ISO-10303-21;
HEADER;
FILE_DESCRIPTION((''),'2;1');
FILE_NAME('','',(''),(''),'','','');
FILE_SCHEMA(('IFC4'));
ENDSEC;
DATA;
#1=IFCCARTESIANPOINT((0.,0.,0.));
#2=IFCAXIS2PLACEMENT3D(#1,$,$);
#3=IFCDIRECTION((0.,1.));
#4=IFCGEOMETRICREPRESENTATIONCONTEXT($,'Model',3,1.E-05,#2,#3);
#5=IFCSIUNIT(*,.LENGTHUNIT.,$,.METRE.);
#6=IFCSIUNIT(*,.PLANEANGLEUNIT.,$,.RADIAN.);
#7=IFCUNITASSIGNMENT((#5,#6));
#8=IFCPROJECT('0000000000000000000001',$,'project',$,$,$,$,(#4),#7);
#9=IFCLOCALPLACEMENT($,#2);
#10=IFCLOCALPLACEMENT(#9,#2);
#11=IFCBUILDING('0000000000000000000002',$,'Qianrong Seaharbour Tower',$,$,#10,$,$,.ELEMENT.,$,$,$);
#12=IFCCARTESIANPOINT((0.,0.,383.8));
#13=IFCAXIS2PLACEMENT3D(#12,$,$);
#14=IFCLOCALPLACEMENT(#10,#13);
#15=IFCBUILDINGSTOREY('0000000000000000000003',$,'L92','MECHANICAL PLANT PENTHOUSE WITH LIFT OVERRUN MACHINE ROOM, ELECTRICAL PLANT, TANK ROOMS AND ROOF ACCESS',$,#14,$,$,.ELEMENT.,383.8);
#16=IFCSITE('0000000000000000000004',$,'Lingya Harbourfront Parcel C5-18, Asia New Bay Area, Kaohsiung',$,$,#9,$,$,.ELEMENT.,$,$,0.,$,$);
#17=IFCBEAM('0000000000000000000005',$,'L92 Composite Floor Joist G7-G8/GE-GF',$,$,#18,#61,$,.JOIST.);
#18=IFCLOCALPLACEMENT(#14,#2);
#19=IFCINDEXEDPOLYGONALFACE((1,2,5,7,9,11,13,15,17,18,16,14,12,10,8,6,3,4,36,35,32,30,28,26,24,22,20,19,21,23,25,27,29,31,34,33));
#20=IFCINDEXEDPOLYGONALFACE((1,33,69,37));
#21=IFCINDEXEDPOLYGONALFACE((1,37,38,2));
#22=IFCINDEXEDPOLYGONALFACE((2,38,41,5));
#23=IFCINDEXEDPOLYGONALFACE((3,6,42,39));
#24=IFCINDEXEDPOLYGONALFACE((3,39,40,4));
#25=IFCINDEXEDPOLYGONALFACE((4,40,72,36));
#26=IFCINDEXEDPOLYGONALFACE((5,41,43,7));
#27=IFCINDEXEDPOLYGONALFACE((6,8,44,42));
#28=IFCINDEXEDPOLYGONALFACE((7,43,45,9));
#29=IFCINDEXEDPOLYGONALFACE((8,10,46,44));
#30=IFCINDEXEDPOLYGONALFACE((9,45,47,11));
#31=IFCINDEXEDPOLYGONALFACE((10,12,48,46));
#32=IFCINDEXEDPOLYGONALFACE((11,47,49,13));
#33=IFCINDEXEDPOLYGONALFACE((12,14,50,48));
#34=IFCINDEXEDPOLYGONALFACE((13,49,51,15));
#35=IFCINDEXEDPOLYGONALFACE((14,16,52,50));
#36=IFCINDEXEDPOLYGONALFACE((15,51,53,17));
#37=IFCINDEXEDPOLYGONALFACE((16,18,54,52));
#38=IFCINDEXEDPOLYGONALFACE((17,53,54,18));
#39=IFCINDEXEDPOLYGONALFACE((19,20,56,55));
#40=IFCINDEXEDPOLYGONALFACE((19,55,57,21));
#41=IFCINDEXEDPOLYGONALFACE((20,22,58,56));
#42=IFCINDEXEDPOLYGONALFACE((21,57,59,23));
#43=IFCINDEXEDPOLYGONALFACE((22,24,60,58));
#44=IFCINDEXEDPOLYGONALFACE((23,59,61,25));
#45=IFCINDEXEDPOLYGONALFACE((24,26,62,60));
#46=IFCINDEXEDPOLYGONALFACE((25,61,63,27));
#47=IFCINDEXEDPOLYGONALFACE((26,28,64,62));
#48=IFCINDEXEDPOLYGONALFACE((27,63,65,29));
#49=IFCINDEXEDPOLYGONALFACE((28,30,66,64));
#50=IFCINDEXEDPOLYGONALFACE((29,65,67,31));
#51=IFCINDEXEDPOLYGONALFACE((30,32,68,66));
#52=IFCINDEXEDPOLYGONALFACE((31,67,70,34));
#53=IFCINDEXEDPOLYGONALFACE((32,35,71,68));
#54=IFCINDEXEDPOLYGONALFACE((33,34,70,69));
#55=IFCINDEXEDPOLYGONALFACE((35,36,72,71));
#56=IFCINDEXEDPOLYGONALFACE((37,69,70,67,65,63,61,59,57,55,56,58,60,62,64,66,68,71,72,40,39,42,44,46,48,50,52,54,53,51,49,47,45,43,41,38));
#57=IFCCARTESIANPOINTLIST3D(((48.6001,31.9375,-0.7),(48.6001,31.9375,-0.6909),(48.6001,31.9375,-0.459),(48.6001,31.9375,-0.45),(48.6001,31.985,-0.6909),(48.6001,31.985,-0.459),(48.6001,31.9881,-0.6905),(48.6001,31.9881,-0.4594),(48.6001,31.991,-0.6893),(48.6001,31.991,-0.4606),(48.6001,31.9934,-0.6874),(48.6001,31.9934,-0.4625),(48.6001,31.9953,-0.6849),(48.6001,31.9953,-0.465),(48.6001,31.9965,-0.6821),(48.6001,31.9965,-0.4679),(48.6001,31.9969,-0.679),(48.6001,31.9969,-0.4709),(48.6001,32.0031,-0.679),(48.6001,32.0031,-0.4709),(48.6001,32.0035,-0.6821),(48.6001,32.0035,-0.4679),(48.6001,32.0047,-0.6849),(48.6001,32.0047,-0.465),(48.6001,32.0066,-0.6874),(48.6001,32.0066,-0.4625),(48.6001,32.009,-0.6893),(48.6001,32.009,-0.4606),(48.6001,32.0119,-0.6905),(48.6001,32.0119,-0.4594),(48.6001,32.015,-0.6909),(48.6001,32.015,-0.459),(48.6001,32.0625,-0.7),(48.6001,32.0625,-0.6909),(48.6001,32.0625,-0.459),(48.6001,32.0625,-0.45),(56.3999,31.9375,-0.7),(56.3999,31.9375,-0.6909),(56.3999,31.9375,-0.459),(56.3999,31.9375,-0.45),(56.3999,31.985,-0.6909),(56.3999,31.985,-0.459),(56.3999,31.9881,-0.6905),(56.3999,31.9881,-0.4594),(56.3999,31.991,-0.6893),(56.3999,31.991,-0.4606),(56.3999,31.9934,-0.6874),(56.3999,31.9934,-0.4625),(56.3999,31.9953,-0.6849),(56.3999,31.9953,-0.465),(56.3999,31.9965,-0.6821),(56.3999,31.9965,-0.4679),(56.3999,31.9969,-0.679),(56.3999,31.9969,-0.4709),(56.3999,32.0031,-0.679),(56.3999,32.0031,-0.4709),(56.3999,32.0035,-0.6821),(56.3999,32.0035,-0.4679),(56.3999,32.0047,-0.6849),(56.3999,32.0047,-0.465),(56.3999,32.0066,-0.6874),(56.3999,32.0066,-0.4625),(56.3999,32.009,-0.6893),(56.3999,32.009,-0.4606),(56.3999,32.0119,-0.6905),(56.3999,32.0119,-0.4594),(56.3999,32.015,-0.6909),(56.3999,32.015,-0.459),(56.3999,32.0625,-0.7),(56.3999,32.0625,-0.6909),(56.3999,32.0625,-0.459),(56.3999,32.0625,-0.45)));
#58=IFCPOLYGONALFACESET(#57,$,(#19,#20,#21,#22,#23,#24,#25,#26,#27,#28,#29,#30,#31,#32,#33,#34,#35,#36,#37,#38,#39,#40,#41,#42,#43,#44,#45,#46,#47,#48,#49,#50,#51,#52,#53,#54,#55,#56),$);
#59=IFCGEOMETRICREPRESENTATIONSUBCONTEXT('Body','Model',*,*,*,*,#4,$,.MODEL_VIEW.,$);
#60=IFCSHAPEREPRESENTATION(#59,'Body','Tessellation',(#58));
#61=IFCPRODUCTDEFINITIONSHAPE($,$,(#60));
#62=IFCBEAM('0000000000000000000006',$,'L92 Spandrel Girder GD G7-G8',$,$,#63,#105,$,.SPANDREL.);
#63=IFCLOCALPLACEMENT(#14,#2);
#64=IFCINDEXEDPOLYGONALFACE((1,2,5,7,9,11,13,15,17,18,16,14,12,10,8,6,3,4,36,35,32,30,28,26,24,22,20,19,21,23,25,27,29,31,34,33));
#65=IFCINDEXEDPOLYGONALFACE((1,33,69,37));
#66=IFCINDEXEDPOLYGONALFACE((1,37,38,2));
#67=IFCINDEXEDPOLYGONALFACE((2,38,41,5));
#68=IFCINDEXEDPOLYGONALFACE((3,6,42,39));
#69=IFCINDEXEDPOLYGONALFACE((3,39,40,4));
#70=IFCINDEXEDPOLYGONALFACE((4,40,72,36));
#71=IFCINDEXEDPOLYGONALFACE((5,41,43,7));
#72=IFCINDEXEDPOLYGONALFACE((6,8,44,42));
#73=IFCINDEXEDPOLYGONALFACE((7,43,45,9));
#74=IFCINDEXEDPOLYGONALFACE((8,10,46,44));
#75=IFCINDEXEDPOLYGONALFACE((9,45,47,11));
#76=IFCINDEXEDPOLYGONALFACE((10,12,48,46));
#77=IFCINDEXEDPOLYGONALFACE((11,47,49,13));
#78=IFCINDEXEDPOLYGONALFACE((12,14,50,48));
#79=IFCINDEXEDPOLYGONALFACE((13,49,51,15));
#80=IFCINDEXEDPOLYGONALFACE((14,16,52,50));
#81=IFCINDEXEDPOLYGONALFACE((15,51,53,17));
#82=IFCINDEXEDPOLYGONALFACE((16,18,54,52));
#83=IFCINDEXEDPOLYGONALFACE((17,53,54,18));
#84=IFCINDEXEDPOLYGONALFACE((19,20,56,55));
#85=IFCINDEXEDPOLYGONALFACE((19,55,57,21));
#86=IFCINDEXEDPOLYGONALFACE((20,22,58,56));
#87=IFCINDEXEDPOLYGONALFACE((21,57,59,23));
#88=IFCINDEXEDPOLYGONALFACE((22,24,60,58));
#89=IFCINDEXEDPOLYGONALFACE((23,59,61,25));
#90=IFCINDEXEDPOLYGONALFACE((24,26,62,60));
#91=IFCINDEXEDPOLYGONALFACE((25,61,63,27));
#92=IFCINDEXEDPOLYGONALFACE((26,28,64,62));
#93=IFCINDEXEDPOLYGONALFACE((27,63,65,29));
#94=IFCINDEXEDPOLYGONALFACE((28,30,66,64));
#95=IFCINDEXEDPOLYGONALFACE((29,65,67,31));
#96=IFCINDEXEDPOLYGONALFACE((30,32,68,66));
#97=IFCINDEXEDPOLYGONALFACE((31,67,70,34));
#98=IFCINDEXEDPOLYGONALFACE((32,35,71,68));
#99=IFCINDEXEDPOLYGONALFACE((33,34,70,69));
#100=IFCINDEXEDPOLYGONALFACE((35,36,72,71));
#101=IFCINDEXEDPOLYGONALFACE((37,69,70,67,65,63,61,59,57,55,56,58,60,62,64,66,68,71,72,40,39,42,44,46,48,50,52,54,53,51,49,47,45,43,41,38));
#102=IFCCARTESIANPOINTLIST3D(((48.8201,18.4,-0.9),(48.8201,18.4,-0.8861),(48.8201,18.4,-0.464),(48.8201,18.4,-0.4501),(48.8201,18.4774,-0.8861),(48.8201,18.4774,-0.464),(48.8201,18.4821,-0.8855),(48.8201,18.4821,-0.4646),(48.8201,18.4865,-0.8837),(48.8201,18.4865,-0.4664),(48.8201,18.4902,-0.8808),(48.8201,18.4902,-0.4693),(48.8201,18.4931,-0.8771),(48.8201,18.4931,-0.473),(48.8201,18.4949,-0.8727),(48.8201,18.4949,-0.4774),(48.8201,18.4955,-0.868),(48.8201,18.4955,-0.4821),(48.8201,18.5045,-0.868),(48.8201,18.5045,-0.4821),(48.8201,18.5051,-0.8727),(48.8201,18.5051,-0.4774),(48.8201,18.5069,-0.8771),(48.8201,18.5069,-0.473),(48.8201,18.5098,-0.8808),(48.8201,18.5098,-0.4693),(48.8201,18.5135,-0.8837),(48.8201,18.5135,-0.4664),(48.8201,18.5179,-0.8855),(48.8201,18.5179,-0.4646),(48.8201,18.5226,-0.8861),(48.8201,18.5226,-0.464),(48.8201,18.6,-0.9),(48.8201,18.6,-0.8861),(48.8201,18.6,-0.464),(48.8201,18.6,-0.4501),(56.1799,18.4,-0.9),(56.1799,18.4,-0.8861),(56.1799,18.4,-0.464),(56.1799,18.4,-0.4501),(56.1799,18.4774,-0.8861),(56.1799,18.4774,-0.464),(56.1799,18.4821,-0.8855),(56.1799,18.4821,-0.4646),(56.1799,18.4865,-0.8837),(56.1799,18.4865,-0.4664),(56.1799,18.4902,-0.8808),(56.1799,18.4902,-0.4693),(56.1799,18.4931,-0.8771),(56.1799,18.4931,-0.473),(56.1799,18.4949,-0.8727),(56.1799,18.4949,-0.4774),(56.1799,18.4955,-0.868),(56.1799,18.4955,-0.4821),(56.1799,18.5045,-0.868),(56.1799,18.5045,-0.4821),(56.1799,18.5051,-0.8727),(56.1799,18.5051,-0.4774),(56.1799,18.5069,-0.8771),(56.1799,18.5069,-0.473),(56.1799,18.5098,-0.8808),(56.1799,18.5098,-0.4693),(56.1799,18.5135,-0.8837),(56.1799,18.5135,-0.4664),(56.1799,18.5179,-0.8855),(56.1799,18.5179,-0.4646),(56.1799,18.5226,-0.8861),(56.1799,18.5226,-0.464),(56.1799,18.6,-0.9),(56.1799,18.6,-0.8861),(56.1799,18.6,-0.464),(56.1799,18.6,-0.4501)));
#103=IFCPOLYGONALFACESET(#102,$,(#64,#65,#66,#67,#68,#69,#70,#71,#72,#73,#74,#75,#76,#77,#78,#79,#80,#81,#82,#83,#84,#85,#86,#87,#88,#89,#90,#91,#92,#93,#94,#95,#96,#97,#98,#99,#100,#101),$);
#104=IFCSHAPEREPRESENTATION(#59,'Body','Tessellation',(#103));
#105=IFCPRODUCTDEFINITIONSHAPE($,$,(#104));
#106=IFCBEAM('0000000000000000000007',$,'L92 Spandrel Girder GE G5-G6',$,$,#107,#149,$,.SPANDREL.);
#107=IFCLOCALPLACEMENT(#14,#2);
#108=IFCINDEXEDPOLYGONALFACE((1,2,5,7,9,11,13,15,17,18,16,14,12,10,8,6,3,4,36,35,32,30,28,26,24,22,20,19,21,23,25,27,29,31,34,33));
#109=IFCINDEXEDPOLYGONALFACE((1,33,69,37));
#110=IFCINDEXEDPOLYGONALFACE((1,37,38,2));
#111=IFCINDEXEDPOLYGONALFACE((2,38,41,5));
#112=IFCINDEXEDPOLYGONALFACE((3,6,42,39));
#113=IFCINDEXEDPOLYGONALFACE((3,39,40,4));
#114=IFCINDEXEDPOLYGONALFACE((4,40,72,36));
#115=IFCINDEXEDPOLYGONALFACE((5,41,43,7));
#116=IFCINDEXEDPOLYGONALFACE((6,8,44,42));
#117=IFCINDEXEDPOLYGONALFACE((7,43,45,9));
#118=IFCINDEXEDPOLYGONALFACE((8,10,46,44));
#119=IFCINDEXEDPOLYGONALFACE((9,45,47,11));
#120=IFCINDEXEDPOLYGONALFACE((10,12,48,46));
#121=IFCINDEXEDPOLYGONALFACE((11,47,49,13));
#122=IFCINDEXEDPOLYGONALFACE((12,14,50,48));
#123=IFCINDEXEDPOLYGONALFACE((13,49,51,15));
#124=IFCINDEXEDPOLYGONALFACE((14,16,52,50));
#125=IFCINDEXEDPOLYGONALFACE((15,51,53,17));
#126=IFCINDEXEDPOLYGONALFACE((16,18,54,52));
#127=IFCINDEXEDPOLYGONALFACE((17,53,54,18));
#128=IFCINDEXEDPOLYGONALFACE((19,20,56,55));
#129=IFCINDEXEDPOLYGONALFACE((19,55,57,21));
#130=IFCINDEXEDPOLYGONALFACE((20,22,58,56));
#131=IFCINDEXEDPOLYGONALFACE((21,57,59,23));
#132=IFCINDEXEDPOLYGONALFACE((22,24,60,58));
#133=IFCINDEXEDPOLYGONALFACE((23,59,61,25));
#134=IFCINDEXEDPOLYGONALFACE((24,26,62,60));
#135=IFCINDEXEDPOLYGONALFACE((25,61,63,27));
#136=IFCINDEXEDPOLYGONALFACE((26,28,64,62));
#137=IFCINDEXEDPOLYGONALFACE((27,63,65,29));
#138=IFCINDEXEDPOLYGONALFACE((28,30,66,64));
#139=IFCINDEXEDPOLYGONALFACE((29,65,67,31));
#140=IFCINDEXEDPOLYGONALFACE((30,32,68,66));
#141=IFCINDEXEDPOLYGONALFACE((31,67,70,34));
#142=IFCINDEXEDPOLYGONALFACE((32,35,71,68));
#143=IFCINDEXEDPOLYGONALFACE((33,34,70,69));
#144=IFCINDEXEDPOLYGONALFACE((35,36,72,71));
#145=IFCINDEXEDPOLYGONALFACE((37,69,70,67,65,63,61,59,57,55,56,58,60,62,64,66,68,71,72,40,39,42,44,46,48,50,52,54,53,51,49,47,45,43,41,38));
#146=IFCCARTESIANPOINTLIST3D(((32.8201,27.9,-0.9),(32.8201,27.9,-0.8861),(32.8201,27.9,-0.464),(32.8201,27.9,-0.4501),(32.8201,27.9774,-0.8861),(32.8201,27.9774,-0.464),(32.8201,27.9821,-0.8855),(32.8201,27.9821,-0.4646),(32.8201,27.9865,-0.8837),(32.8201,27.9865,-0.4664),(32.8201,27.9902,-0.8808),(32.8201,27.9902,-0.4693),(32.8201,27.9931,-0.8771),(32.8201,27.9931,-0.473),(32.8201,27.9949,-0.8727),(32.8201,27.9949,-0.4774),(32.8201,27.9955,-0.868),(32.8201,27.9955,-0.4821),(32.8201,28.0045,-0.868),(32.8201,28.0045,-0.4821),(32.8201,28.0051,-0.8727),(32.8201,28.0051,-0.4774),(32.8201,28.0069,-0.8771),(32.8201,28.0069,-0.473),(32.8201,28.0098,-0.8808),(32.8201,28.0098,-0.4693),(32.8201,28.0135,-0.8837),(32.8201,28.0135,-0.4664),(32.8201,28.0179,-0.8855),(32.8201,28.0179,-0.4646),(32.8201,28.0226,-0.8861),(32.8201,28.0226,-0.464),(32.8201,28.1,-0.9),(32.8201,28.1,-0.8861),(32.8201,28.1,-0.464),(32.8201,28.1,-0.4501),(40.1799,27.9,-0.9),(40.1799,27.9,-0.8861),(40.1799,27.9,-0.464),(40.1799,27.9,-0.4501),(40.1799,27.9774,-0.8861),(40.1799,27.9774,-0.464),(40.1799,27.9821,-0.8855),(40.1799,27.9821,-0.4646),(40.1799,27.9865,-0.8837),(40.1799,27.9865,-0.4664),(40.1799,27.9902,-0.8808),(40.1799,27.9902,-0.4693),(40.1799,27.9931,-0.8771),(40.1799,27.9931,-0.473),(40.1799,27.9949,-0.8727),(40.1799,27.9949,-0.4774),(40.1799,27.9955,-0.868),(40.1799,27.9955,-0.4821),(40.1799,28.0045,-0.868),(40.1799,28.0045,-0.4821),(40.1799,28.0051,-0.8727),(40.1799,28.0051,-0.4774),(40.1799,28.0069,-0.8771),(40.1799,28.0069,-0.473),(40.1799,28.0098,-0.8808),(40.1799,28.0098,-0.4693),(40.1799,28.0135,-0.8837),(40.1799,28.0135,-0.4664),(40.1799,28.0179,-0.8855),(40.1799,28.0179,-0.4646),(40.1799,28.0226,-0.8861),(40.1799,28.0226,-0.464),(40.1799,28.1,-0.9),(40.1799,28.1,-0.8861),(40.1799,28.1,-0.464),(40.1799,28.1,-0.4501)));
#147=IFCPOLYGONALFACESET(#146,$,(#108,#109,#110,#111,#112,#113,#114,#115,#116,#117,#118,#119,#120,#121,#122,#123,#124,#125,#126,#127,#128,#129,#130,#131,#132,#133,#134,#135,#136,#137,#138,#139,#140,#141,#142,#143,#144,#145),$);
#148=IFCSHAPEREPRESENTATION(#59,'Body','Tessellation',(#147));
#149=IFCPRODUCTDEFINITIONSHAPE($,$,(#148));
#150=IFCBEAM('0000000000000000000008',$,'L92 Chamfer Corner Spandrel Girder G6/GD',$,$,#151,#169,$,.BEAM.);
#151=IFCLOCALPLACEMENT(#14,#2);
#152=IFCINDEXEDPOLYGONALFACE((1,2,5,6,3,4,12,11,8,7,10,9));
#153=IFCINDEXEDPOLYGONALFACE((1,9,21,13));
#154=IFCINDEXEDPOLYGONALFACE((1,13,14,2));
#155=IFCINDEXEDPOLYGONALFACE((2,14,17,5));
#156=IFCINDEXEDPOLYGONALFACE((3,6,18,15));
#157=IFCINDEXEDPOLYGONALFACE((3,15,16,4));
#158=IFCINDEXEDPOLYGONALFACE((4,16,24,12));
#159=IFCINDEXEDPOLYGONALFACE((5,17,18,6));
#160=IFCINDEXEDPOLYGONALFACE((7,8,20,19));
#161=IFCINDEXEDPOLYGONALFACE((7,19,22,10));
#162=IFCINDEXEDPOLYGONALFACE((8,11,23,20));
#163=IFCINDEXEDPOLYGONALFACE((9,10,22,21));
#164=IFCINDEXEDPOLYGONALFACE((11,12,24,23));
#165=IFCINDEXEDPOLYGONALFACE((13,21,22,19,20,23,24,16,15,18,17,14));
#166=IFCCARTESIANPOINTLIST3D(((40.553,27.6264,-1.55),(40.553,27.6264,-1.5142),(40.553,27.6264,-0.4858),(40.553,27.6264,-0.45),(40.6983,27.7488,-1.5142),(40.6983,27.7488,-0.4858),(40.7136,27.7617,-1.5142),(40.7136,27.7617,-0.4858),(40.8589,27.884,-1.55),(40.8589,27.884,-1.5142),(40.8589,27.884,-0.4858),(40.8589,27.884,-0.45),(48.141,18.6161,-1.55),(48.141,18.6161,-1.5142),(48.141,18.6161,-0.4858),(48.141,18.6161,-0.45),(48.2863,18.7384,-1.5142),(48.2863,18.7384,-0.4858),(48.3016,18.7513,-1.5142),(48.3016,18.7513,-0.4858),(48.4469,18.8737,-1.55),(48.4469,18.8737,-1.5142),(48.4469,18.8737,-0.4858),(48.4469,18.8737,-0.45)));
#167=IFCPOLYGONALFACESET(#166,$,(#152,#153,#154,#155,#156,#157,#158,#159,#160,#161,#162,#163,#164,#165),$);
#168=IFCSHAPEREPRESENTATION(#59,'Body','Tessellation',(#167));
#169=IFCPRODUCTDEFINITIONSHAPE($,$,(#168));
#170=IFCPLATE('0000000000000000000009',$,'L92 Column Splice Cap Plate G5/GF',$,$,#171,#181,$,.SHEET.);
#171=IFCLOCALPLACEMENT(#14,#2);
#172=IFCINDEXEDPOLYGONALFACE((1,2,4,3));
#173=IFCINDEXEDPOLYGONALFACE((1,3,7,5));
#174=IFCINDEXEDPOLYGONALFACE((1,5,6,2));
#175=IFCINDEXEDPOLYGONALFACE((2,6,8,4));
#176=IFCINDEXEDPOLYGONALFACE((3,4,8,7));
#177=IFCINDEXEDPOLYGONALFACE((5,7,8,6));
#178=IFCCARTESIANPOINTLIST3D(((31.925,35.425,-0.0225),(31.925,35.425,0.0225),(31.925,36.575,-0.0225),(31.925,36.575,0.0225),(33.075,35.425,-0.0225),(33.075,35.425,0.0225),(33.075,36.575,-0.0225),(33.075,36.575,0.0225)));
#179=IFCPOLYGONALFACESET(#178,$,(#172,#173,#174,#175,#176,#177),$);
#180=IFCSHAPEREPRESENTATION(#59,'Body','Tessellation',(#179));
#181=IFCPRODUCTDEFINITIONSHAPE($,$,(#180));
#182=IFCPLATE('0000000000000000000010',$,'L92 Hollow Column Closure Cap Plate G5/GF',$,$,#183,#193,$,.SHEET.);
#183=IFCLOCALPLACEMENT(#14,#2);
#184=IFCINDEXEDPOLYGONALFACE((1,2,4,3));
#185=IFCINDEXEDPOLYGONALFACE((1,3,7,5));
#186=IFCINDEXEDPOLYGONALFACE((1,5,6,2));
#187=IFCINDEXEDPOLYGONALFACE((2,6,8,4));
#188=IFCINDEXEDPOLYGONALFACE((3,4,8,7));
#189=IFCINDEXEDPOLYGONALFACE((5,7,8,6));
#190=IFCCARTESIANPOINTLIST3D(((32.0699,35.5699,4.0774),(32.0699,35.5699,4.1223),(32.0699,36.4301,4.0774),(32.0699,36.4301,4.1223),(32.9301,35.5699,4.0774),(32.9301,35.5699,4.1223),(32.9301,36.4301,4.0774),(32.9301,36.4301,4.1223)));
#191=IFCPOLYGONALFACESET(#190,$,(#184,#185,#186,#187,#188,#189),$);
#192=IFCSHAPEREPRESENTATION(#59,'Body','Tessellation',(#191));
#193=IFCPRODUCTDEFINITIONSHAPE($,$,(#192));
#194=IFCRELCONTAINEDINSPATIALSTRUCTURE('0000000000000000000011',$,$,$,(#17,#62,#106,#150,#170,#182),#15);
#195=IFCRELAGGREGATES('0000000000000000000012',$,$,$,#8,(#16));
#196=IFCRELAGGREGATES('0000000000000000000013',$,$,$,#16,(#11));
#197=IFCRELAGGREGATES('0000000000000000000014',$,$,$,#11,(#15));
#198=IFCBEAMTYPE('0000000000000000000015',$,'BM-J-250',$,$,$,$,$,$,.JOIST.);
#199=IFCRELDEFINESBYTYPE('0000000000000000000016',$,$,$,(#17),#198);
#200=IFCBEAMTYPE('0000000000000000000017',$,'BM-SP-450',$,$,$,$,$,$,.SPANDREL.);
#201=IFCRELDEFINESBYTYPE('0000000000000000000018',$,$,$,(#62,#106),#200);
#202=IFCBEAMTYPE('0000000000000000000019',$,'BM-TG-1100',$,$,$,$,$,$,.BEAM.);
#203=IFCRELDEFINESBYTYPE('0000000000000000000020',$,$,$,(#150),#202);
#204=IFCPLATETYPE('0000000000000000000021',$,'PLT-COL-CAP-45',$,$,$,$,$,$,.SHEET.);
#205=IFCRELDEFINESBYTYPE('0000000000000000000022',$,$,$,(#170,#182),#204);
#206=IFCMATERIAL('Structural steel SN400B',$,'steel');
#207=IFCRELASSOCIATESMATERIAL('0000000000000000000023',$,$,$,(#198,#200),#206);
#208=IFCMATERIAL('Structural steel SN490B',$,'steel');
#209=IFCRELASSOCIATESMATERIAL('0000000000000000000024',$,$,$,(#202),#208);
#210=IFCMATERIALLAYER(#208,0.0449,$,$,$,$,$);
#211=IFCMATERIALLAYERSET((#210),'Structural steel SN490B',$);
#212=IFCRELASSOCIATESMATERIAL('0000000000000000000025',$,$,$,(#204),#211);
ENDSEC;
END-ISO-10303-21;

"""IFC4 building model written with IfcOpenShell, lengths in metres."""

from ifc_helpers import new_model, si_unit, direction, frame, origin, origin_2d, place, context, subcontext, project, spatial, rectangle, i_section, extrude, material, layer, layer_set, material_profile, profile_set, type_object, element, save


model = new_model("IFC4")

# Units and contexts
model_context = context("Model", 3, precision=1e-05, world=origin(), true_north=direction((0.0, 1.0)))
body_context = subcontext(model_context, "Body", "Model", "MODEL_VIEW")
ifc_project = project(units=[si_unit("LENGTHUNIT", "METRE"), si_unit("PLANEANGLEUNIT", "RADIAN")], contexts=[model_context])

# Site, building, storey
site_placement = place(None, origin())
site = spatial("IfcSite", under=ifc_project, at=site_placement, Name="Lingya Harbourfront Parcel C5-18, Asia New Bay Area, Kaohsiung", CompositionType="ELEMENT", RefElevation=0.0)
building_placement = place(site_placement, origin())
building = spatial("IfcBuilding", under=site, at=building_placement, Name="Qianrong Seaharbour Tower", CompositionType="ELEMENT")
storey_placement = place(building_placement, frame((0.0, 0.0, 383.8)))
storey = spatial("IfcBuildingStorey", under=building, at=storey_placement, Name="L92", Description="MECHANICAL PLANT PENTHOUSE WITH LIFT OVERRUN MACHINE ROOM, ELECTRICAL PLANT, TANK ROOMS AND ROOF ACCESS", CompositionType="ELEMENT", Elevation=383.8)

# Shared definitions
ifc_material_1 = material(Name="Structural steel SN490B", Category="steel")
ifc_material_2 = material(Name="Structural steel SN400B", Category="steel")

# Beams
ifc_material_profile_1 = material_profile(ifc_material_2, i_section(OverallWidth=0.125, OverallDepth=0.25, WebThickness=0.0061, FlangeThickness=0.009, FilletRadius=0.012, at=origin_2d()), Name="H250x125x6x9")
ifc_profile_set_1 = profile_set([ifc_material_profile_1], Name="Structural steel SN400B")
beam_type_1 = type_object("IfcBeamType", Name="BM-J-250", PredefinedType="JOIST", material=ifc_profile_set_1)
beam_1_placement = place(storey_placement, frame((48.6001, 32.0, -0.575), z_axis=(1.0, 0.0, 0.0), x_axis=(0.0, 1.0, 0.0)))
element("IfcBeam", 1, at=beam_1_placement, inside=storey, type_object=beam_type_1, Name="L92 Composite Floor Joist G7-G8/GE-GF", PredefinedType="JOIST", context=body_context, shape_type="SweptSolid", body=[
    extrude(i_section(OverallWidth=0.125, OverallDepth=0.25, WebThickness=0.0061, FlangeThickness=0.009, FilletRadius=0.012, at=origin_2d()), origin(), (0.0, 0.0, 1.0), 7.7998),
])
ifc_material_profile_2 = material_profile(ifc_material_2, i_section(OverallWidth=0.2, OverallDepth=0.45, WebThickness=0.009, FlangeThickness=0.0139, FilletRadius=0.0181, at=origin_2d()), Name="H450x200x9x14")
ifc_profile_set_2 = profile_set([ifc_material_profile_2], Name="Structural steel SN400B")
beam_type_2 = type_object("IfcBeamType", Name="BM-SP-450", PredefinedType="SPANDREL", material=ifc_profile_set_2)
for number, where, z_axis, x_axis, name in (
    (2, (48.8201, 18.5, -0.675), (1.0, 0.0, 0.0), (0.0, 1.0, 0.0), "L92 Spandrel Girder GD G7-G8"),
    (3, (32.8201, 28.0, -0.675), (1.0, 0.0, 0.0), (0.0, 1.0, 0.0), "L92 Spandrel Girder GE G5-G6"),
):
    element("IfcBeam", number, at=place(storey_placement, frame(where, z_axis=z_axis, x_axis=x_axis)), inside=storey, type_object=beam_type_2, Name=name, PredefinedType="SPANDREL", context=body_context, shape_type="SweptSolid", body=[
        extrude(i_section(OverallWidth=0.2, OverallDepth=0.45, WebThickness=0.009, FlangeThickness=0.0139, FilletRadius=0.0181, at=origin_2d()), origin(), (0.0, 0.0, 1.0), 7.3599),
    ])
ifc_material_profile_3 = material_profile(ifc_material_1, i_section(OverallWidth=0.3999, OverallDepth=1.1001, WebThickness=0.02, FlangeThickness=0.0359, at=origin_2d()), Name="BH1100x400x20x36")
ifc_profile_set_3 = profile_set([ifc_material_profile_3], Name="Structural steel SN490B")
beam_type_3 = type_object("IfcBeamType", Name="BM-TG-1100", PredefinedType="BEAM", material=ifc_profile_set_3)
beam_2_placement = place(storey_placement, frame((48.2939, 18.7449, -1.0), z_axis=(-0.644151, 0.764898, 0.0), x_axis=(-0.764898, -0.644151, 0.0)))
element("IfcBeam", 4, at=beam_2_placement, inside=storey, type_object=beam_type_3, Name="L92 Chamfer Corner Spandrel Girder G6/GD", PredefinedType="BEAM", context=body_context, shape_type="SweptSolid", body=[
    extrude(i_section(OverallWidth=0.3999, OverallDepth=1.1001, WebThickness=0.02, FlangeThickness=0.0359, at=origin_2d()), origin(), (0.0, 0.0, 1.0), 11.7798),
])

# Plates
ifc_layer_1 = layer(ifc_material_1, 0.0449)
ifc_layer_set_1 = layer_set([ifc_layer_1], Name="Structural steel SN490B")
plate_type = type_object("IfcPlateType", Name="PLT-COL-CAP-45", PredefinedType="SHEET", material=ifc_layer_set_1)
plate_1_placement = place(storey_placement, frame((32.5, 36.0, -0.0225), z_axis=(0.0, 0.0, 1.0), x_axis=(1.0, 0.0, 0.0)))
element("IfcPlate", 5, at=plate_1_placement, inside=storey, type_object=plate_type, Name="L92 Column Splice Cap Plate G5/GF", PredefinedType="SHEET", context=body_context, shape_type="SweptSolid", body=[
    extrude(rectangle(XDim=1.1499, YDim=1.1499, at=origin_2d()), origin(), (0.0, 0.0, 1.0), 0.0449),
])
plate_2_placement = place(storey_placement, frame((32.5, 36.0, 4.0774), z_axis=(0.0, 0.0, 1.0), x_axis=(1.0, 0.0, 0.0)))
element("IfcPlate", 6, at=plate_2_placement, inside=storey, type_object=plate_type, Name="L92 Hollow Column Closure Cap Plate G5/GF", PredefinedType="SHEET", context=body_context, shape_type="SweptSolid", body=[
    extrude(rectangle(XDim=0.8601, YDim=0.8601, at=origin_2d()), origin(), (0.0, 0.0, 1.0), 0.0449),
])

save(model, "model.ifc")
